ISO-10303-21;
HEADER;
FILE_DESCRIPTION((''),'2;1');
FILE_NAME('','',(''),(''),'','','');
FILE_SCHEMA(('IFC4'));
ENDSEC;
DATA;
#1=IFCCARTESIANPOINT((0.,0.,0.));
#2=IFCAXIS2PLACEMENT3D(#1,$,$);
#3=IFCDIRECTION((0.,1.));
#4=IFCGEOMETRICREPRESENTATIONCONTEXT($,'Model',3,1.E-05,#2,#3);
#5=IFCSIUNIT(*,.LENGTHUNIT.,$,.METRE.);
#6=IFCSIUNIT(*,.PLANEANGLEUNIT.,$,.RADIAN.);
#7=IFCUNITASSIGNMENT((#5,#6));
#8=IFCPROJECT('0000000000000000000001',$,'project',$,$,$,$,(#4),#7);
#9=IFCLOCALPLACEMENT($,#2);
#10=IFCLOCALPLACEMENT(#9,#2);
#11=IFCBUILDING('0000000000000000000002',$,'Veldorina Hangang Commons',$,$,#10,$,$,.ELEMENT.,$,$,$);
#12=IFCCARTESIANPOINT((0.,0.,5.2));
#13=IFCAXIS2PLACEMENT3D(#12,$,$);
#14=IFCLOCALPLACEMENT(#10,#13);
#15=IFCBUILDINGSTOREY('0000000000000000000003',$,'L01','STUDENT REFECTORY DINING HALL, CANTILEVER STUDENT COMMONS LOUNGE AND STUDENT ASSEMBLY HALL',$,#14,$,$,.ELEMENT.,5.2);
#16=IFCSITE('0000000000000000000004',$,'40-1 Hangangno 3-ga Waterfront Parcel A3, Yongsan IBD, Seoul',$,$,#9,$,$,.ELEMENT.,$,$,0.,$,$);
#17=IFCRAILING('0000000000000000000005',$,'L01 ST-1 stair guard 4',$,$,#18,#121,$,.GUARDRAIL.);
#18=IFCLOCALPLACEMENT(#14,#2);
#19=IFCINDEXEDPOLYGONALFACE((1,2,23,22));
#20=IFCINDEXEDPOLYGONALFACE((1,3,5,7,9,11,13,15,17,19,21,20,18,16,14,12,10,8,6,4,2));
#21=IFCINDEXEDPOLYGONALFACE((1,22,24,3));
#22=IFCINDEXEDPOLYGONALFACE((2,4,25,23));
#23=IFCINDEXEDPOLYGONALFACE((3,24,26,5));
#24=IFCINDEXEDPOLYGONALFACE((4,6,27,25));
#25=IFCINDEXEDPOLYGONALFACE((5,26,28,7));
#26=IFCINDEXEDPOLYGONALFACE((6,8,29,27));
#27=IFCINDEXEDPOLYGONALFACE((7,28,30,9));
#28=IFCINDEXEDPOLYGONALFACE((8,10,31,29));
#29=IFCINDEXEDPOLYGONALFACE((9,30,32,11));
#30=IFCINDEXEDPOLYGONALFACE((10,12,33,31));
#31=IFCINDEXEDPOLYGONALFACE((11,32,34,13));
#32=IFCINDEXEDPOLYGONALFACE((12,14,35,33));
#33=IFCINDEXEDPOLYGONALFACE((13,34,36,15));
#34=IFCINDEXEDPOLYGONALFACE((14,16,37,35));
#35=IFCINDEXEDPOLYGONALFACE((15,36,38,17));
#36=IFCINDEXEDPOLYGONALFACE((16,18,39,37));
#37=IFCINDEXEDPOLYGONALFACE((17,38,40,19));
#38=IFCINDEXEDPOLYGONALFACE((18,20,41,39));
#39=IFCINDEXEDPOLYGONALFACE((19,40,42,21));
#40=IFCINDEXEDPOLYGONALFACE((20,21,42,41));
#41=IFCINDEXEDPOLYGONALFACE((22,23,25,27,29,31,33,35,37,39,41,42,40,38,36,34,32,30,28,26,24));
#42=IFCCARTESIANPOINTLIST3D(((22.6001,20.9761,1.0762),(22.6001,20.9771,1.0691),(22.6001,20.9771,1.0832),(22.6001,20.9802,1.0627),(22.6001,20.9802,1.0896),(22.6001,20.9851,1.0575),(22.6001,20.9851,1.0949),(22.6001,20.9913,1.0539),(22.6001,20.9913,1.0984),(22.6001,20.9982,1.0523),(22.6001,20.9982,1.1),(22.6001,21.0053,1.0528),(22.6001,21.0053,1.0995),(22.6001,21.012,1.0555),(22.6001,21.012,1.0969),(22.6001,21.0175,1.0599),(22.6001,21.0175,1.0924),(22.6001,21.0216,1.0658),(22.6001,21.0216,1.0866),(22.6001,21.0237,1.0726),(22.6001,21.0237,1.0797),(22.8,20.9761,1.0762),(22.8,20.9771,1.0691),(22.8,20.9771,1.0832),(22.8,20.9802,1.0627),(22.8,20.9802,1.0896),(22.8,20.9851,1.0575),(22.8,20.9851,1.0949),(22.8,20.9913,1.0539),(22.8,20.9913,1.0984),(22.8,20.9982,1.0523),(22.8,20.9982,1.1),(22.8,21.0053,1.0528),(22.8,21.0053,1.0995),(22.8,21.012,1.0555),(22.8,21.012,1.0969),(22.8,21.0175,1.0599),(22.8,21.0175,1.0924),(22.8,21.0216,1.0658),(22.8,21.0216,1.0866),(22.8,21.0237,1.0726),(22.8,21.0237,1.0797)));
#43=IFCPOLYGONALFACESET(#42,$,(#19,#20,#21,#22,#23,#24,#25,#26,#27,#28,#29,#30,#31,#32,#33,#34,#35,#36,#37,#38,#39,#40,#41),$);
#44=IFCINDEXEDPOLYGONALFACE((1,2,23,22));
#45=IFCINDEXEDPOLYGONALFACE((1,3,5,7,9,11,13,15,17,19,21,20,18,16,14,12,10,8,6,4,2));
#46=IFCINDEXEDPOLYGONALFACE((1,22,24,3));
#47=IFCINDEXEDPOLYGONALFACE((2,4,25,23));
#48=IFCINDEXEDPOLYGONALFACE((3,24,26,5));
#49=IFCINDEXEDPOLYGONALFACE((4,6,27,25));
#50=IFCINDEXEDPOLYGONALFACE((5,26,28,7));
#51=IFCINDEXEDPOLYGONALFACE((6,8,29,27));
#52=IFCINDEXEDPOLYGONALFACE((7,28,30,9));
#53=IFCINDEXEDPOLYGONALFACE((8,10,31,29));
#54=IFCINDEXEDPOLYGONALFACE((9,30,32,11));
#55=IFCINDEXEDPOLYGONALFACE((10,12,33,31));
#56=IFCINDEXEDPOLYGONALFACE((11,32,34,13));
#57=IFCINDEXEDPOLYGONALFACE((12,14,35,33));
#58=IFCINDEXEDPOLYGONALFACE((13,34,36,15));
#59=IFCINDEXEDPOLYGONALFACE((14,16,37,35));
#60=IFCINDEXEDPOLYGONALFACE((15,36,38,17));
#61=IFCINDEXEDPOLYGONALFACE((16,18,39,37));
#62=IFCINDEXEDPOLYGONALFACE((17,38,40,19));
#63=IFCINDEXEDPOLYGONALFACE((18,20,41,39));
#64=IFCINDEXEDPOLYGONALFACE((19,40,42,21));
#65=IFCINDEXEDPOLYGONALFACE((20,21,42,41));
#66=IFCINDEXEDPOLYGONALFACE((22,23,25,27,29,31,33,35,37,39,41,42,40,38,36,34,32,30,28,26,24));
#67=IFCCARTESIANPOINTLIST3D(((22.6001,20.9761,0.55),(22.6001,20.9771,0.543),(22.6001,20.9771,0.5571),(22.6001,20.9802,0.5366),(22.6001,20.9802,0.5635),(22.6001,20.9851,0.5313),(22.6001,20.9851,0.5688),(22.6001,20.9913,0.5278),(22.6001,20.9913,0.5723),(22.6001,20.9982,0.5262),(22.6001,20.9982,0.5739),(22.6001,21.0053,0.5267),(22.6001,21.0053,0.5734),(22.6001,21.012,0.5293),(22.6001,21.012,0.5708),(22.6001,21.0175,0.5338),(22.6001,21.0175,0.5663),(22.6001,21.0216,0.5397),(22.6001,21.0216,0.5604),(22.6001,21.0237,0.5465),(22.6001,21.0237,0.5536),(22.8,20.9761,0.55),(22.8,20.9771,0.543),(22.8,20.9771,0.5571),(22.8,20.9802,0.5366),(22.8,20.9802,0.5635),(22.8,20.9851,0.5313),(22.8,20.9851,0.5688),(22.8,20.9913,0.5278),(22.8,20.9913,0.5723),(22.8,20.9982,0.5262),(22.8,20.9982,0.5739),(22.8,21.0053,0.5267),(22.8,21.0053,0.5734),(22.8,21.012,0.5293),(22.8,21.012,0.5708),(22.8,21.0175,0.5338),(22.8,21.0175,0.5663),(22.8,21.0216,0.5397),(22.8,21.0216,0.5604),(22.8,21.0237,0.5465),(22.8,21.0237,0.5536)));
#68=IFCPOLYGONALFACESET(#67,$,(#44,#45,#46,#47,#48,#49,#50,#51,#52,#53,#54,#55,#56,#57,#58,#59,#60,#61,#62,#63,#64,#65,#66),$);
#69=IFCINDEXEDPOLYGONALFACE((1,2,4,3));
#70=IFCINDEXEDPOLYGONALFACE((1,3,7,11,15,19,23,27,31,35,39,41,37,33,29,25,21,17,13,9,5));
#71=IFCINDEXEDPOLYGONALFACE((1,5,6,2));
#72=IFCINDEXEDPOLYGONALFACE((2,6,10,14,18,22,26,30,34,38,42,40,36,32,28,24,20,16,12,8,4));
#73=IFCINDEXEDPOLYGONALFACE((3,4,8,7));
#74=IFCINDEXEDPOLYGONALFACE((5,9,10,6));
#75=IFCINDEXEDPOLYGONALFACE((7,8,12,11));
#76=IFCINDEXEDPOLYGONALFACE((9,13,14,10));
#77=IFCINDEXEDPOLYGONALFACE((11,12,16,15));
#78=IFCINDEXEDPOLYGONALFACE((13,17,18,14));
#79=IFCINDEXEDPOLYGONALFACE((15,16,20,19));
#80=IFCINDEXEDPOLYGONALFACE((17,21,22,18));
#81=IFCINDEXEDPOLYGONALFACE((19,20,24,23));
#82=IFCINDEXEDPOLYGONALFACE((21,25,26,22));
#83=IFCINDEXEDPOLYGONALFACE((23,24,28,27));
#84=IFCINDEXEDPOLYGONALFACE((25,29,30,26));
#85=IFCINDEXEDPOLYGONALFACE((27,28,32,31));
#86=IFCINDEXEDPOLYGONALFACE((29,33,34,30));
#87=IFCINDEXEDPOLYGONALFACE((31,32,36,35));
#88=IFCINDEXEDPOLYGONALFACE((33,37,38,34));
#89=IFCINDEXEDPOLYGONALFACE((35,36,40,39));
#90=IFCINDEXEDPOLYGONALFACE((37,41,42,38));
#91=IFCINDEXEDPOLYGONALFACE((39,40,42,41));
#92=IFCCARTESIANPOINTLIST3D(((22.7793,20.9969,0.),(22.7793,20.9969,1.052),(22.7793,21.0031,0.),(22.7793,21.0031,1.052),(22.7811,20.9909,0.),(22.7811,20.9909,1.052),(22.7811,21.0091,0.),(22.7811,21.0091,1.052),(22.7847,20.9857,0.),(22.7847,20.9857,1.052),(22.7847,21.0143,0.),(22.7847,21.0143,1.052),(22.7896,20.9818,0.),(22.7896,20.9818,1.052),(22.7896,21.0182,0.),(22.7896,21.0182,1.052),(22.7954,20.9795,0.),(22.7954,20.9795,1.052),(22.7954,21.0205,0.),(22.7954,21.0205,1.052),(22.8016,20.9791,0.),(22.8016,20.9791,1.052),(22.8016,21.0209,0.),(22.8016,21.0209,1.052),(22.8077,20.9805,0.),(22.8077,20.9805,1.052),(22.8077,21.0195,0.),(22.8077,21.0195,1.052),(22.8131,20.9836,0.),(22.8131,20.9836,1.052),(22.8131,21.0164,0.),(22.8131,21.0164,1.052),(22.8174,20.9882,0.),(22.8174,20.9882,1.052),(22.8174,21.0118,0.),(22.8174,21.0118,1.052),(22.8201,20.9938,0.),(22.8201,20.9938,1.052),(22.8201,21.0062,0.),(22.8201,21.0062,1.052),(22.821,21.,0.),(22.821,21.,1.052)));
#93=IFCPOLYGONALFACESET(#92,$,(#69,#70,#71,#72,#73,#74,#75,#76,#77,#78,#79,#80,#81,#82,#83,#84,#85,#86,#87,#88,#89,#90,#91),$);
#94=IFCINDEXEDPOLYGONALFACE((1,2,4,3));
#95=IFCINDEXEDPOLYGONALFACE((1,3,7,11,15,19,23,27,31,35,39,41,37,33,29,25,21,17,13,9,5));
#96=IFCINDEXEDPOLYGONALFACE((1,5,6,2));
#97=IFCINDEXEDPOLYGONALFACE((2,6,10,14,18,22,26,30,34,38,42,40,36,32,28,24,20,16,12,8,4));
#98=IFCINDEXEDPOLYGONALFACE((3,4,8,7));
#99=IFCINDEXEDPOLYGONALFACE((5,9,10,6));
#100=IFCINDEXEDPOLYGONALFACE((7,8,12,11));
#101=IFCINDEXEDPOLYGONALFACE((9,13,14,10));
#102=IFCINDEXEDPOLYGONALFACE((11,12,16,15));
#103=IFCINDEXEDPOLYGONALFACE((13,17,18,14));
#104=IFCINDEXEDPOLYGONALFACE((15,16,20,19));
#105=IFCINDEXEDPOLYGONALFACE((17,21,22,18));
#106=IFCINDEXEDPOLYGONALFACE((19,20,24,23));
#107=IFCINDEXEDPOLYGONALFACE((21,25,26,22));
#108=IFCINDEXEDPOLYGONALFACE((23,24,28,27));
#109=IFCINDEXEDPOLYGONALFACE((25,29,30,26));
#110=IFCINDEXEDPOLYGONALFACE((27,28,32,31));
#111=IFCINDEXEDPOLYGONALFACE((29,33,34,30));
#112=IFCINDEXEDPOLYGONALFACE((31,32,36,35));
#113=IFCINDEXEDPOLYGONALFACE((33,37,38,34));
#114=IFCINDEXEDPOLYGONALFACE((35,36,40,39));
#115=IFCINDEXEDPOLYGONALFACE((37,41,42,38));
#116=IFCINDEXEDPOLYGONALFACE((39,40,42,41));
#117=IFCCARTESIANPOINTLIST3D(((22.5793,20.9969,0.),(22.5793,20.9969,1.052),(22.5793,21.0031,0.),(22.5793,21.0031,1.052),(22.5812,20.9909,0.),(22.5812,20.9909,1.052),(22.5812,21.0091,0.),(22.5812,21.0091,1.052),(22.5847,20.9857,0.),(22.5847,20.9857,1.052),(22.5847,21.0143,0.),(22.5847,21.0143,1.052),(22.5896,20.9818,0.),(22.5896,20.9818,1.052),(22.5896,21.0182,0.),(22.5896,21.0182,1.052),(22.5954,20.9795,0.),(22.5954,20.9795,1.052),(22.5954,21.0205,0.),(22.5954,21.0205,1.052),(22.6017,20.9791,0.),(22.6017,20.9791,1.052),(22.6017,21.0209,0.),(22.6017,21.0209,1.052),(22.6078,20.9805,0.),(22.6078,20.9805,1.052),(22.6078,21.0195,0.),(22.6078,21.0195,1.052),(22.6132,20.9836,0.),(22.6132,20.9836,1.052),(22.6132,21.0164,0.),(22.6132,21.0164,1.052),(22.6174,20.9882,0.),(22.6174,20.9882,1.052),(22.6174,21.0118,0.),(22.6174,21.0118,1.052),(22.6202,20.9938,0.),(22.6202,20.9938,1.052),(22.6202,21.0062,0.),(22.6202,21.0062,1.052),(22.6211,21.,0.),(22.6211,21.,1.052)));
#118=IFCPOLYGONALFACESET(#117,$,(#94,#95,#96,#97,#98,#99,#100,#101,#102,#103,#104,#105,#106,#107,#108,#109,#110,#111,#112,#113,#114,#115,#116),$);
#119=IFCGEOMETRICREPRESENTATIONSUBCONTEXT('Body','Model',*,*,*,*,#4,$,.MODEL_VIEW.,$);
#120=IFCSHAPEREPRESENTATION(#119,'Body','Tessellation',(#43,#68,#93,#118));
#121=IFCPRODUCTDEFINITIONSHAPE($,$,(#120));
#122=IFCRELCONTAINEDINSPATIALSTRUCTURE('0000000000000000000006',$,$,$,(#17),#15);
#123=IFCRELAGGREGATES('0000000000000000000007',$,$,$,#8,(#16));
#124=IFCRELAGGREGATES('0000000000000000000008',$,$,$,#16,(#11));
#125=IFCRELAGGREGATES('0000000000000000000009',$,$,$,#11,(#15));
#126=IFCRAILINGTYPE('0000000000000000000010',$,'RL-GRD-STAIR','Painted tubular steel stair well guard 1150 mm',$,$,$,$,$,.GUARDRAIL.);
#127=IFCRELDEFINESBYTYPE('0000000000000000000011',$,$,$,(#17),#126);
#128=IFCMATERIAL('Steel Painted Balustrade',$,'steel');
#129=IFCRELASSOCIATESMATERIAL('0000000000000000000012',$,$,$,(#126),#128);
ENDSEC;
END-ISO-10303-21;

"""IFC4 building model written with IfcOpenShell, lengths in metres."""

from ifc_helpers import new_model, si_unit, direction, frame, origin, origin_2d, place, context, subcontext, project, spatial, circle, extrude, material, type_object, element, save


model = new_model("IFC4")

# Units and contexts
model_context = context("Model", 3, precision=1e-05, world=origin(), true_north=direction((0.0, 1.0)))
body_context = subcontext(model_context, "Body", "Model", "MODEL_VIEW")
ifc_project = project(units=[si_unit("LENGTHUNIT", "METRE"), si_unit("PLANEANGLEUNIT", "RADIAN")], contexts=[model_context])

# Site, building, storey
site_placement = place(None, origin())
site = spatial("IfcSite", under=ifc_project, at=site_placement, Name="40-1 Hangangno 3-ga Waterfront Parcel A3, Yongsan IBD, Seoul", CompositionType="ELEMENT", RefElevation=0.0)
building_placement = place(site_placement, origin())
building = spatial("IfcBuilding", under=site, at=building_placement, Name="Veldorina Hangang Commons", CompositionType="ELEMENT")
storey_placement = place(building_placement, frame((0.0, 0.0, 5.2)))
storey = spatial("IfcBuildingStorey", under=building, at=storey_placement, Name="L01", Description="STUDENT REFECTORY DINING HALL, CANTILEVER STUDENT COMMONS LOUNGE AND STUDENT ASSEMBLY HALL", CompositionType="ELEMENT", Elevation=5.2)

# Railing
ifc_material_1 = material(Name="Steel Painted Balustrade", Category="steel")
railing_type_1 = type_object("IfcRailingType", Name="RL-GRD-STAIR", Description="Painted tubular steel stair well guard 1150 mm", PredefinedType="GUARDRAIL", material=ifc_material_1)
railing_1_placement = place(storey_placement, frame((22.8, 21.0, 0.0)))
element("IfcRailing", 1, at=railing_1_placement, inside=storey, type_object=railing_type_1, Name="L01 ST-1 stair guard 4", PredefinedType="GUARDRAIL", context=body_context, shape_type="SweptSolid", body=[
    extrude(circle(Radius=0.0239, at=origin_2d()), frame((0.0, 0.0, 1.0762), z_axis=(-1.0, 0.0, 0.0), x_axis=(0.0, -1.0, 0.0)), (0.0, 0.0, 1.0), 0.2),
    extrude(circle(Radius=0.0239, at=origin_2d()), frame((0.0, 0.0, 0.55), z_axis=(-1.0, 0.0, 0.0), x_axis=(0.0, -1.0, 0.0)), (0.0, 0.0, 1.0), 0.2),
    extrude(circle(Radius=0.021, at=origin_2d()), origin(), (0.0, 0.0, 1.0), 1.052),
    extrude(circle(Radius=0.021, at=origin_2d()), frame((-0.2, 0.0, 0.0)), (0.0, 0.0, 1.0), 1.052),
])

save(model, "model.ifc")
